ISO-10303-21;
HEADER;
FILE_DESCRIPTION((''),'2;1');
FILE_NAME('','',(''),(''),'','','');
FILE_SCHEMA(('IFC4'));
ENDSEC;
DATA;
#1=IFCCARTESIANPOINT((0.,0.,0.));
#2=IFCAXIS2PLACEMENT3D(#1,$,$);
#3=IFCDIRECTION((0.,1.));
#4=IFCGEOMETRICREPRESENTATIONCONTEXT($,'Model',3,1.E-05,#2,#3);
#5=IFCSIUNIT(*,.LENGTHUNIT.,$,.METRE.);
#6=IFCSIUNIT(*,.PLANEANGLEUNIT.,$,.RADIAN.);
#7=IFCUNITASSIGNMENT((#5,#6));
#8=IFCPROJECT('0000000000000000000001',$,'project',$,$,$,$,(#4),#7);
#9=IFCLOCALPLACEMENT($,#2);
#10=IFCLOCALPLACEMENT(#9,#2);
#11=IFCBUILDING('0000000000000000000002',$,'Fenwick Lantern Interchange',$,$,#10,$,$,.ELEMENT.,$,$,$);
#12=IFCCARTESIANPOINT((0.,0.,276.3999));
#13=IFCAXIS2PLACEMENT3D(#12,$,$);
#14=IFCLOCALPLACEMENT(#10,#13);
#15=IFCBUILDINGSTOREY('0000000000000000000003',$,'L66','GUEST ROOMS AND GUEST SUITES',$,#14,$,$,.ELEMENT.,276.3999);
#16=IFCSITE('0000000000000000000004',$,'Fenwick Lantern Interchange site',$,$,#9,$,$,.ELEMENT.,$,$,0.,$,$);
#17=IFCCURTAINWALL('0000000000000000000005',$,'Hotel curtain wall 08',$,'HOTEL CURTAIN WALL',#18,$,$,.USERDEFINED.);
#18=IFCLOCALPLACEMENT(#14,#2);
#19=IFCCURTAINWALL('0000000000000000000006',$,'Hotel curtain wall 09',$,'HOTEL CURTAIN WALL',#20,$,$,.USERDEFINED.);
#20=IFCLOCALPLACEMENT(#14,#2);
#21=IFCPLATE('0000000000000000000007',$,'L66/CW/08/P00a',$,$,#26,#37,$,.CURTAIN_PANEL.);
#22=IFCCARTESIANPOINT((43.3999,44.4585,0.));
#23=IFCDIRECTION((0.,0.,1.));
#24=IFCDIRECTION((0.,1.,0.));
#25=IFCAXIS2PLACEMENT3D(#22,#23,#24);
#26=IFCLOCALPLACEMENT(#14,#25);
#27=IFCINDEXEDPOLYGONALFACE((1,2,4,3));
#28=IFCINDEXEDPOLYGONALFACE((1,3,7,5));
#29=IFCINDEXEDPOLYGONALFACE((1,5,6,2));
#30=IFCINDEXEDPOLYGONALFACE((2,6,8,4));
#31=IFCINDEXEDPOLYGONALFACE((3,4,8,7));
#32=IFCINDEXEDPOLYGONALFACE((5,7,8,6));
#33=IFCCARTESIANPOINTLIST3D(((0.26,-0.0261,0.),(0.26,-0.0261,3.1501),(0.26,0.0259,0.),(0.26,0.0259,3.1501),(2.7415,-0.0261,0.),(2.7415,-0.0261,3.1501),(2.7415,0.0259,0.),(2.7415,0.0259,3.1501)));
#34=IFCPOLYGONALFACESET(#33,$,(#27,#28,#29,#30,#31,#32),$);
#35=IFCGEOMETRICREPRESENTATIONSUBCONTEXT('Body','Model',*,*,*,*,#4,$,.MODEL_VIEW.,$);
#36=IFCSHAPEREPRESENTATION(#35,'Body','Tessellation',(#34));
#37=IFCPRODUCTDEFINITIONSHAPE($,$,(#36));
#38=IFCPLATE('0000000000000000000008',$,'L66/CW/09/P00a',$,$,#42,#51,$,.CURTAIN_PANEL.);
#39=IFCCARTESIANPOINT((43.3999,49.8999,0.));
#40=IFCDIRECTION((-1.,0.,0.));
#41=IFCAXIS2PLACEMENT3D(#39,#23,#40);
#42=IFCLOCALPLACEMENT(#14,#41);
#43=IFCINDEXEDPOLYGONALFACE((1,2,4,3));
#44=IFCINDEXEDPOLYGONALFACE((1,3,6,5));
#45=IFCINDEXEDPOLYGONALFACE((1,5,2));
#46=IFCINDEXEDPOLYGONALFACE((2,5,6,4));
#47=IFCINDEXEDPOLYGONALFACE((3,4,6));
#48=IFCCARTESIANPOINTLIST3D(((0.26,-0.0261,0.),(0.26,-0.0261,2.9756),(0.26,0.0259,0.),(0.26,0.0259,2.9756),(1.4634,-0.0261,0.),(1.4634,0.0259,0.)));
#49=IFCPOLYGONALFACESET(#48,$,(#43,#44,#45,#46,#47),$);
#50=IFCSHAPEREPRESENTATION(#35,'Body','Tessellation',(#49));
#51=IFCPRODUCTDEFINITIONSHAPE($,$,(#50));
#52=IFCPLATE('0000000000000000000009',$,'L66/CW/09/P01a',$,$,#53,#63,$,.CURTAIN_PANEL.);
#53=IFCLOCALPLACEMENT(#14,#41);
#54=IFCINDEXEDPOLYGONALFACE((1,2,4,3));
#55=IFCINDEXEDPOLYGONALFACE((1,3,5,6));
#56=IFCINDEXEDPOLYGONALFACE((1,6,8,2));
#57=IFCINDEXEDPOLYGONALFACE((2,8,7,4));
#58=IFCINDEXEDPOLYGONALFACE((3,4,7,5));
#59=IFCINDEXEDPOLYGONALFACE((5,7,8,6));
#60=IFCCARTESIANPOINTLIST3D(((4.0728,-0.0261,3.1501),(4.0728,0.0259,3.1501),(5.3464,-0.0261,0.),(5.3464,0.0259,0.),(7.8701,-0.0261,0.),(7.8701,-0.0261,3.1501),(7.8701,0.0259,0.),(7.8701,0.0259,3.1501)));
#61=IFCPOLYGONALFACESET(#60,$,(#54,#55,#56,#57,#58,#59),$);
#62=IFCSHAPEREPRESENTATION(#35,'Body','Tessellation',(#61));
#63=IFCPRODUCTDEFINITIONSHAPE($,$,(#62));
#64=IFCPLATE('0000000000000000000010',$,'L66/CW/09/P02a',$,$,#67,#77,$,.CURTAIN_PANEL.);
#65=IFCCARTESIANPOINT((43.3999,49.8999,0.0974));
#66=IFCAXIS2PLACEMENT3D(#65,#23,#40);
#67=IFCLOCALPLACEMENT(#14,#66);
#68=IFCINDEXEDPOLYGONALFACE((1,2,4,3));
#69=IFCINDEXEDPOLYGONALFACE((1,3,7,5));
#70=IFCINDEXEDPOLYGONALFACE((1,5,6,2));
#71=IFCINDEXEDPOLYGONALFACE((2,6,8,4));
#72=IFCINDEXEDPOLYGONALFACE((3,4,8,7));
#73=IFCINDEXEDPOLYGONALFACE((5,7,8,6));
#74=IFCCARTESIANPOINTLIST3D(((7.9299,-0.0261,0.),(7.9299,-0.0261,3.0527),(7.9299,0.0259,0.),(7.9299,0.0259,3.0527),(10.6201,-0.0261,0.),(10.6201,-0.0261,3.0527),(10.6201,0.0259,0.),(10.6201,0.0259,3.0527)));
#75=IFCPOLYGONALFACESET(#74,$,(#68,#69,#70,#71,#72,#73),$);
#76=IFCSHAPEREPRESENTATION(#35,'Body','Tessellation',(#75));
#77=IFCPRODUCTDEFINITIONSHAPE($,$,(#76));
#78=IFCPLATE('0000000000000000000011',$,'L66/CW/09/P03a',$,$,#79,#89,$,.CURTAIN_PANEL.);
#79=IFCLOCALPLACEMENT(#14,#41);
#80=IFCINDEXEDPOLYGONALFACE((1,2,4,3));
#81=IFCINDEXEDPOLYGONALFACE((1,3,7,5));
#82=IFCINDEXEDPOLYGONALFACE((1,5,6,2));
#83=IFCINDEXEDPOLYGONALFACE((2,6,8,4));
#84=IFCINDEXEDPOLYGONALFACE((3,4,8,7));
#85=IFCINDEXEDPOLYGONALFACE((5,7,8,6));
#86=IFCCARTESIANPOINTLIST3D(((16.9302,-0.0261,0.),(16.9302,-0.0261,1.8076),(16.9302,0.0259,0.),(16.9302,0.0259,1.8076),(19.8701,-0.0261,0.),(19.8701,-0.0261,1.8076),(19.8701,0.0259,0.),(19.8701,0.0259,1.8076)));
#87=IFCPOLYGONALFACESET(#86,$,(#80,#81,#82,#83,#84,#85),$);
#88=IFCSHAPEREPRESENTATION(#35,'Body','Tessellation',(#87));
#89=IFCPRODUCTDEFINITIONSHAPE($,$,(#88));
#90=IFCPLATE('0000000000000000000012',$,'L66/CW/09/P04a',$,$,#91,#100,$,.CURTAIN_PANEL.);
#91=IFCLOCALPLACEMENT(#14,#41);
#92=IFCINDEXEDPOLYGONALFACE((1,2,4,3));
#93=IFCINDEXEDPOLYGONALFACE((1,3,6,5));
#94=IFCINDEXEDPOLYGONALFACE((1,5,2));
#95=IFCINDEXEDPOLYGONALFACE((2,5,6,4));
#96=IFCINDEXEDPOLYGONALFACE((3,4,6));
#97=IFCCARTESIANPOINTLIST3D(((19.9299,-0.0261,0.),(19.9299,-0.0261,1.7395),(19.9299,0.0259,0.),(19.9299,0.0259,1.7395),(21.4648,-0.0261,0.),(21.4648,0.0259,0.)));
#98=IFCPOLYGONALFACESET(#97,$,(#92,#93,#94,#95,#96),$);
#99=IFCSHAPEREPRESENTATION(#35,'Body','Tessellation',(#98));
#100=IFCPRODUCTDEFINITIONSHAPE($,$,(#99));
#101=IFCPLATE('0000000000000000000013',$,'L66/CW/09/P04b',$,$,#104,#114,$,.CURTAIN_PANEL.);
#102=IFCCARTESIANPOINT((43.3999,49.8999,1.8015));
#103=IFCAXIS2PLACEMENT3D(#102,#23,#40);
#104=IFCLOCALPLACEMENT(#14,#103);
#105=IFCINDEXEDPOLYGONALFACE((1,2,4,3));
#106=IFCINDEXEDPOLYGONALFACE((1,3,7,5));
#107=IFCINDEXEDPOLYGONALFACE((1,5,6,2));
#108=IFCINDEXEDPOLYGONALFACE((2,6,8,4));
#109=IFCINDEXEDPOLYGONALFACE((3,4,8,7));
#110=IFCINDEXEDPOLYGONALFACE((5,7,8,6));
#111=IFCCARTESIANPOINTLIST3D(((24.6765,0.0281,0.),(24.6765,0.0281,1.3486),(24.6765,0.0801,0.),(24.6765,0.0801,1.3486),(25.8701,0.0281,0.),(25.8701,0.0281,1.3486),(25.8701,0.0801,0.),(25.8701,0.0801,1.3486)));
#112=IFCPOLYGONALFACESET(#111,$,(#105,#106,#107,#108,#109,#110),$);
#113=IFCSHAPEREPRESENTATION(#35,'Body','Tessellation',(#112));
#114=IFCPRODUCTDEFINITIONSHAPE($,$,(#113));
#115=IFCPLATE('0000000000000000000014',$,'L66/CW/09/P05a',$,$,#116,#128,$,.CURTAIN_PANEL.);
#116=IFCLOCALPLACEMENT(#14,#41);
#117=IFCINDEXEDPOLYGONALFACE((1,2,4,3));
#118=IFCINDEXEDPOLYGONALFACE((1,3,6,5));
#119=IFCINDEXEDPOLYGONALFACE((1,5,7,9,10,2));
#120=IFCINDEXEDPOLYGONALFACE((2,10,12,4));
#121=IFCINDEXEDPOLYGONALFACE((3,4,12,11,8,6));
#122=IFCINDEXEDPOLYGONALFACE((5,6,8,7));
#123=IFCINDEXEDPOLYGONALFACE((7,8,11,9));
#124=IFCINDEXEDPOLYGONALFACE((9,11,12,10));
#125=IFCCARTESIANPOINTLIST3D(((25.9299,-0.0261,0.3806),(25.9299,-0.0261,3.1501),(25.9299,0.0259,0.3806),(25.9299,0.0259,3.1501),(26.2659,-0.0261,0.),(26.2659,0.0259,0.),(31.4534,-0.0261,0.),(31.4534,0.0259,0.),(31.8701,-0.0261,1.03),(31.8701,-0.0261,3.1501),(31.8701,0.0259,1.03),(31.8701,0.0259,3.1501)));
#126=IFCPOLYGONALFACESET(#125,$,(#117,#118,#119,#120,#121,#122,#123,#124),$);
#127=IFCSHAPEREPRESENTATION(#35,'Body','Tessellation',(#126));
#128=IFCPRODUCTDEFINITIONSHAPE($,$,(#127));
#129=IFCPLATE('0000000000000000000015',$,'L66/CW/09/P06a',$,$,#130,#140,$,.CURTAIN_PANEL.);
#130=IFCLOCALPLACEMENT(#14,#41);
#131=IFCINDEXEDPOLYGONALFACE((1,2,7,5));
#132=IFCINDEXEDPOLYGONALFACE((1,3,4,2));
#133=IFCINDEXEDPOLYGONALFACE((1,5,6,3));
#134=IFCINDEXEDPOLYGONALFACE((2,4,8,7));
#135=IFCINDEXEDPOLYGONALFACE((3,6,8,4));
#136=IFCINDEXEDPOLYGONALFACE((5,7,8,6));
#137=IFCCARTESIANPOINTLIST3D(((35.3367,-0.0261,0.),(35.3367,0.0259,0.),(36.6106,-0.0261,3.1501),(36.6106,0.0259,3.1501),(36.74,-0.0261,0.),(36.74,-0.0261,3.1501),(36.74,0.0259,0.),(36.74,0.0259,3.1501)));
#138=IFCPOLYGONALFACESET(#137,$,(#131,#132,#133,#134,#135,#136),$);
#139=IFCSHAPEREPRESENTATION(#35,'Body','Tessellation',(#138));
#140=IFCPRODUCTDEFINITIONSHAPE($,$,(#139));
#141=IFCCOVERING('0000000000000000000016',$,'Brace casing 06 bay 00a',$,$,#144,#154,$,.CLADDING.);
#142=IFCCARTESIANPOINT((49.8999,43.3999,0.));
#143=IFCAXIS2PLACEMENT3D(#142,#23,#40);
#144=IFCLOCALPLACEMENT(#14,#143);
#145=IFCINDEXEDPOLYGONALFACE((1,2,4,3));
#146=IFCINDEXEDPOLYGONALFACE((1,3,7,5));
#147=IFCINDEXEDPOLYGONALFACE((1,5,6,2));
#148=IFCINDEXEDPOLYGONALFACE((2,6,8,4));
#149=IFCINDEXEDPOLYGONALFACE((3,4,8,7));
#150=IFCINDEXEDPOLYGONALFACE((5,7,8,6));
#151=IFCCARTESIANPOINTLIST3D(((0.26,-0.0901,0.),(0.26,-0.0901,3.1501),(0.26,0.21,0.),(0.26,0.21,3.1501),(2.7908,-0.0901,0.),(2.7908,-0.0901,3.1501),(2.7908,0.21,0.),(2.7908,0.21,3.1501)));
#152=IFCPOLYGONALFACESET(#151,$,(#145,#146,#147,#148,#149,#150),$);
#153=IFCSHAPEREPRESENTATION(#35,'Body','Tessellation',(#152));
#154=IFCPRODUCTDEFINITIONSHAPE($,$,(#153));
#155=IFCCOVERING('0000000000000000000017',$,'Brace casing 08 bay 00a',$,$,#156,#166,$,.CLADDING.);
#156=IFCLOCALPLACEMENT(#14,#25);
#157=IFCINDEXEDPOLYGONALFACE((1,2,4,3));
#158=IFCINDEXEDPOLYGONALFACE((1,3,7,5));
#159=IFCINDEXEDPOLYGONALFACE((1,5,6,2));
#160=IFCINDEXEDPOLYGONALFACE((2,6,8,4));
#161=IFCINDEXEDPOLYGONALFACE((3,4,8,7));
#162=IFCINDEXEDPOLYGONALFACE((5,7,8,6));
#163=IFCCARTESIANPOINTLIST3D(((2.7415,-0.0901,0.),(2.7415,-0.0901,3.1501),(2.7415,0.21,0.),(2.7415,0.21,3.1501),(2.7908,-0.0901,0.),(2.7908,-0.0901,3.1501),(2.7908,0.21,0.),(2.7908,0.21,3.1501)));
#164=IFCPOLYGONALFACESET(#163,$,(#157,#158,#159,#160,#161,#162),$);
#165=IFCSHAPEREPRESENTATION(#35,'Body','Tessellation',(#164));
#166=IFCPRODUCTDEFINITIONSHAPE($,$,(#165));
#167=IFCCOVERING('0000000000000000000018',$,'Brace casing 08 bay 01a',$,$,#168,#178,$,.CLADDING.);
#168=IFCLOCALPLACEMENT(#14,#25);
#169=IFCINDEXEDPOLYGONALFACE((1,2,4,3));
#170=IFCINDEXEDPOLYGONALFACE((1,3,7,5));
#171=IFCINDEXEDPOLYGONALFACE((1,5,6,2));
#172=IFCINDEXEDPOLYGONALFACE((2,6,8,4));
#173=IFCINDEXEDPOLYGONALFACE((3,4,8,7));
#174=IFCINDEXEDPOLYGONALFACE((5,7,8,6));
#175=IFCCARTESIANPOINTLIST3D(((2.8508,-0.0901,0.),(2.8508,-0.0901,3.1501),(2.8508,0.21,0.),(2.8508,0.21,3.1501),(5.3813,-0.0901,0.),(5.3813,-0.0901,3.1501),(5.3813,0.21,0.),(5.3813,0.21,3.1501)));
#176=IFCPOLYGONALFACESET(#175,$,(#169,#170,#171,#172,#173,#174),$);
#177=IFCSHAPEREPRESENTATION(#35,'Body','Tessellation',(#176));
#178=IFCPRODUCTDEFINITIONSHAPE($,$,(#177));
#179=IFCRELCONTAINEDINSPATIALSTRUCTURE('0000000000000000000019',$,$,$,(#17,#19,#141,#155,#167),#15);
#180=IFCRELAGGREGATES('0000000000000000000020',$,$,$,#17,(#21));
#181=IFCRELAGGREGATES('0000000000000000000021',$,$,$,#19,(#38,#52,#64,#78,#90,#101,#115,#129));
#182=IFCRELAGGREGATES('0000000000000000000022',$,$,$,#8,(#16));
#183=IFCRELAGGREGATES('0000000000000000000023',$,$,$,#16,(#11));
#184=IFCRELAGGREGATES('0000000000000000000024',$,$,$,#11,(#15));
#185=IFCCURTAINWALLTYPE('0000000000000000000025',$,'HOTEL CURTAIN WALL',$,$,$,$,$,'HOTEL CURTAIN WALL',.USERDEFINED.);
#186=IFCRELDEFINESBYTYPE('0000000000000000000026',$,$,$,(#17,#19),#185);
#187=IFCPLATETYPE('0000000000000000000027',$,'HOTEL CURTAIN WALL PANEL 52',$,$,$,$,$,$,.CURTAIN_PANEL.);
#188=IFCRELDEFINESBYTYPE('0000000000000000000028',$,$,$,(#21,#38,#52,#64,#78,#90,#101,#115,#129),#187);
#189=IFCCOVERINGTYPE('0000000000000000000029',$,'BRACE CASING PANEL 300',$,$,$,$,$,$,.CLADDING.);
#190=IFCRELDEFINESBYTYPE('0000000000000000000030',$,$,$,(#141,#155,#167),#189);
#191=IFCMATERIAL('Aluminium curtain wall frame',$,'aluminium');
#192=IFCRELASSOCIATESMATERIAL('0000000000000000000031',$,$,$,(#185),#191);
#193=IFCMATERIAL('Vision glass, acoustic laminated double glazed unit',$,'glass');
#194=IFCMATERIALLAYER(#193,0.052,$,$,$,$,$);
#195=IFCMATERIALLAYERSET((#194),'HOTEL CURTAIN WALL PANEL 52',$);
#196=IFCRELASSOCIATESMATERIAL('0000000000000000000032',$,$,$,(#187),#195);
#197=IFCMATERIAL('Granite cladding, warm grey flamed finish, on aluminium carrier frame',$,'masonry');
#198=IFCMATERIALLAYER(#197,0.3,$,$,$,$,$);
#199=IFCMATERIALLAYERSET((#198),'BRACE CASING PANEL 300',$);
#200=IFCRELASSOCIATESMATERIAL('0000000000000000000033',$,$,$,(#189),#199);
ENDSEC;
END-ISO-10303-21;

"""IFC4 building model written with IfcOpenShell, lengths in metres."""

from ifc_helpers import new_model, si_unit, direction, frame, origin, place, context, subcontext, project, spatial, polyline, outline, extrude, material, layer, layer_set, type_object, element, aggregate, save


model = new_model("IFC4")

# Units and contexts
model_context = context("Model", 3, precision=1e-05, world=origin(), true_north=direction((0.0, 1.0)))
body_context = subcontext(model_context, "Body", "Model", "MODEL_VIEW")
ifc_project = project(units=[si_unit("LENGTHUNIT", "METRE"), si_unit("PLANEANGLEUNIT", "RADIAN")], contexts=[model_context])

# Site, building, storey
site_placement = place(None, origin())
site = spatial("IfcSite", under=ifc_project, at=site_placement, Name="Fenwick Lantern Interchange site", CompositionType="ELEMENT", RefElevation=0.0)
building_placement = place(site_placement, origin())
building = spatial("IfcBuilding", under=site, at=building_placement, Name="Fenwick Lantern Interchange", CompositionType="ELEMENT")
storey_placement = place(building_placement, frame((0.0, 0.0, 276.3999)))
storey = spatial("IfcBuildingStorey", under=building, at=storey_placement, Name="L66", Description="GUEST ROOMS AND GUEST SUITES", CompositionType="ELEMENT", Elevation=276.3999)

# Curtain walls
ifc_material_1 = material(Name="Aluminium curtain wall frame", Category="aluminium")
curtain_wall_type = type_object("IfcCurtainWallType", Name="HOTEL CURTAIN WALL", ElementType="HOTEL CURTAIN WALL", PredefinedType="USERDEFINED", material=ifc_material_1)
curtain_wall_1_placement = place(storey_placement, origin())
curtain_wall_1 = element("IfcCurtainWall", 1, at=curtain_wall_1_placement, inside=storey, type_object=curtain_wall_type, Name="Hotel curtain wall 08", ObjectType="HOTEL CURTAIN WALL", PredefinedType="USERDEFINED")
curtain_wall_2_placement = place(storey_placement, origin())
curtain_wall_2 = element("IfcCurtainWall", 2, at=curtain_wall_2_placement, inside=storey, type_object=curtain_wall_type, Name="Hotel curtain wall 09", ObjectType="HOTEL CURTAIN WALL", PredefinedType="USERDEFINED")

# Plates
ifc_material_2 = material(Name="Vision glass, acoustic laminated double glazed unit", Category="glass")
ifc_layer_1 = layer(ifc_material_2, 0.052)
ifc_layer_set_1 = layer_set([ifc_layer_1], Name="HOTEL CURTAIN WALL PANEL 52")
plate_type = type_object("IfcPlateType", Name="HOTEL CURTAIN WALL PANEL 52", PredefinedType="CURTAIN_PANEL", material=ifc_layer_set_1)
plate_1_placement = place(storey_placement, frame((43.3999, 44.4585, 0.0), z_axis=(0.0, 0.0, 1.0), x_axis=(0.0, 1.0, 0.0)))
plate_1 = element("IfcPlate", 3, at=plate_1_placement, type_object=plate_type, Name="L66/CW/08/P00a", PredefinedType="CURTAIN_PANEL", context=body_context, shape_type="SweptSolid", body=[
    extrude(outline(polyline([(0.26, 0.0), (2.7415, 0.0), (2.7415, 3.1501), (0.26, 3.1501), (0.26, 0.0)])), frame((0.0, 0.0259, 0.0), z_axis=(0.0, -1.0, 0.0), x_axis=(1.0, 0.0, 0.0)), (0.0, 0.0, 1.0), 0.052),
])
aggregate(curtain_wall_1, [plate_1])
plate_2_placement = place(storey_placement, frame((43.3999, 49.8999, 0.0), z_axis=(0.0, 0.0, 1.0), x_axis=(-1.0, 0.0, 0.0)))
plate_2 = element("IfcPlate", 4, at=plate_2_placement, type_object=plate_type, Name="L66/CW/09/P00a", PredefinedType="CURTAIN_PANEL", context=body_context, shape_type="SweptSolid", body=[
    extrude(outline(polyline([(0.26, 0.0), (1.4634, 0.0), (0.26, 2.9756), (0.26, 0.0)])), frame((0.0, 0.0259, 0.0), z_axis=(0.0, -1.0, 0.0), x_axis=(1.0, 0.0, 0.0)), (0.0, 0.0, 1.0), 0.052),
])
plate_3_placement = place(storey_placement, frame((43.3999, 49.8999, 0.0), z_axis=(0.0, 0.0, 1.0), x_axis=(-1.0, 0.0, 0.0)))
plate_3 = element("IfcPlate", 5, at=plate_3_placement, type_object=plate_type, Name="L66/CW/09/P01a", PredefinedType="CURTAIN_PANEL", context=body_context, shape_type="SweptSolid", body=[
    extrude(outline(polyline([(5.3464, 0.0), (7.8701, 0.0), (7.8701, 3.1501), (4.0728, 3.1501), (5.3464, 0.0)])), frame((0.0, 0.0259, 0.0), z_axis=(0.0, -1.0, 0.0), x_axis=(1.0, 0.0, 0.0)), (0.0, 0.0, 1.0), 0.052),
])
plate_4_placement = place(storey_placement, frame((43.3999, 49.8999, 0.0974), z_axis=(0.0, 0.0, 1.0), x_axis=(-1.0, 0.0, 0.0)))
plate_4 = element("IfcPlate", 6, at=plate_4_placement, type_object=plate_type, Name="L66/CW/09/P02a", PredefinedType="CURTAIN_PANEL", context=body_context, shape_type="SweptSolid", body=[
    extrude(outline(polyline([(7.9299, 0.0), (10.6201, 0.0), (10.6201, 3.0527), (7.9299, 3.0527), (7.9299, 0.0)])), frame((0.0, 0.0259, 0.0), z_axis=(0.0, -1.0, 0.0), x_axis=(1.0, 0.0, 0.0)), (0.0, 0.0, 1.0), 0.052),
])
plate_5_placement = place(storey_placement, frame((43.3999, 49.8999, 0.0), z_axis=(0.0, 0.0, 1.0), x_axis=(-1.0, 0.0, 0.0)))
plate_5 = element("IfcPlate", 7, at=plate_5_placement, type_object=plate_type, Name="L66/CW/09/P03a", PredefinedType="CURTAIN_PANEL", context=body_context, shape_type="SweptSolid", body=[
    extrude(outline(polyline([(16.9302, 0.0), (19.8701, 0.0), (19.8701, 1.8076), (16.9302, 1.8076), (16.9302, 0.0)])), frame((0.0, 0.0259, 0.0), z_axis=(0.0, -1.0, 0.0), x_axis=(1.0, 0.0, 0.0)), (0.0, 0.0, 1.0), 0.052),
])
plate_6_placement = place(storey_placement, frame((43.3999, 49.8999, 0.0), z_axis=(0.0, 0.0, 1.0), x_axis=(-1.0, 0.0, 0.0)))
plate_6 = element("IfcPlate", 8, at=plate_6_placement, type_object=plate_type, Name="L66/CW/09/P04a", PredefinedType="CURTAIN_PANEL", context=body_context, shape_type="SweptSolid", body=[
    extrude(outline(polyline([(19.9299, 0.0), (21.4648, 0.0), (19.9299, 1.7395), (19.9299, 0.0)])), frame((0.0, 0.0259, 0.0), z_axis=(0.0, -1.0, 0.0), x_axis=(1.0, 0.0, 0.0)), (0.0, 0.0, 1.0), 0.052),
])
plate_7_placement = place(storey_placement, frame((43.3999, 49.8999, 1.8015), z_axis=(0.0, 0.0, 1.0), x_axis=(-1.0, 0.0, 0.0)))
plate_7 = element("IfcPlate", 9, at=plate_7_placement, type_object=plate_type, Name="L66/CW/09/P04b", PredefinedType="CURTAIN_PANEL", context=body_context, shape_type="SweptSolid", body=[
    extrude(outline(polyline([(24.6765, 0.0), (25.8701, 0.0), (25.8701, 1.3486), (24.6765, 1.3486), (24.6765, 0.0)])), frame((0.0, 0.0801, 0.0), z_axis=(0.0, -1.0, 0.0), x_axis=(1.0, 0.0, 0.0)), (0.0, 0.0, 1.0), 0.052),
])
plate_8_placement = place(storey_placement, frame((43.3999, 49.8999, 0.0), z_axis=(0.0, 0.0, 1.0), x_axis=(-1.0, 0.0, 0.0)))
plate_8 = element("IfcPlate", 10, at=plate_8_placement, type_object=plate_type, Name="L66/CW/09/P05a", PredefinedType="CURTAIN_PANEL", context=body_context, shape_type="SweptSolid", body=[
    extrude(outline(polyline([(26.2659, 0.0), (31.4534, 0.0), (31.8701, 1.03), (31.8701, 3.1501), (25.9299, 3.1501), (25.9299, 0.3806), (26.2659, 0.0)])), frame((0.0, 0.0259, 0.0), z_axis=(0.0, -1.0, 0.0), x_axis=(1.0, 0.0, 0.0)), (0.0, 0.0, 1.0), 0.052),
])
plate_9_placement = place(storey_placement, frame((43.3999, 49.8999, 0.0), z_axis=(0.0, 0.0, 1.0), x_axis=(-1.0, 0.0, 0.0)))
plate_9 = element("IfcPlate", 11, at=plate_9_placement, type_object=plate_type, Name="L66/CW/09/P06a", PredefinedType="CURTAIN_PANEL", context=body_context, shape_type="SweptSolid", body=[
    extrude(outline(polyline([(35.3367, 0.0), (36.74, 0.0), (36.74, 3.1501), (36.6106, 3.1501), (35.3367, 0.0)])), frame((0.0, 0.0259, 0.0), z_axis=(0.0, -1.0, 0.0), x_axis=(1.0, 0.0, 0.0)), (0.0, 0.0, 1.0), 0.052),
])
aggregate(curtain_wall_2, [plate_2, plate_3, plate_4, plate_5, plate_6, plate_7, plate_8, plate_9])

# Coverings
ifc_material_3 = material(Name="Granite cladding, warm grey flamed finish, on aluminium carrier frame", Category="masonry")
ifc_layer_2 = layer(ifc_material_3, 0.3)
ifc_layer_set_2 = layer_set([ifc_layer_2], Name="BRACE CASING PANEL 300")
covering_type = type_object("IfcCoveringType", Name="BRACE CASING PANEL 300", PredefinedType="CLADDING", material=ifc_layer_set_2)
covering_1_placement = place(storey_placement, frame((49.8999, 43.3999, 0.0), z_axis=(0.0, 0.0, 1.0), x_axis=(-1.0, 0.0, 0.0)))
element("IfcCovering", 12, at=covering_1_placement, inside=storey, type_object=covering_type, Name="Brace casing 06 bay 00a", PredefinedType="CLADDING", context=body_context, shape_type="SweptSolid", body=[
    extrude(outline(polyline([(0.26, 0.0), (2.7908, 0.0), (2.7908, 3.1501), (0.26, 3.1501), (0.26, 0.0)])), frame((0.0, 0.21, 0.0), z_axis=(0.0, -1.0, 0.0), x_axis=(1.0, 0.0, 0.0)), (0.0, 0.0, 1.0), 0.3),
])
covering_2_placement = place(storey_placement, frame((43.3999, 44.4585, 0.0), z_axis=(0.0, 0.0, 1.0), x_axis=(0.0, 1.0, 0.0)))
element("IfcCovering", 13, at=covering_2_placement, inside=storey, type_object=covering_type, Name="Brace casing 08 bay 00a", PredefinedType="CLADDING", context=body_context, shape_type="SweptSolid", body=[
    extrude(outline(polyline([(2.7415, 0.0), (2.7908, 0.0), (2.7908, 3.1501), (2.7415, 3.1501), (2.7415, 0.0)])), frame((0.0, 0.21, 0.0), z_axis=(0.0, -1.0, 0.0), x_axis=(1.0, 0.0, 0.0)), (0.0, 0.0, 1.0), 0.3),
])
covering_3_placement = place(storey_placement, frame((43.3999, 44.4585, 0.0), z_axis=(0.0, 0.0, 1.0), x_axis=(0.0, 1.0, 0.0)))
element("IfcCovering", 14, at=covering_3_placement, inside=storey, type_object=covering_type, Name="Brace casing 08 bay 01a", PredefinedType="CLADDING", context=body_context, shape_type="SweptSolid", body=[
    extrude(outline(polyline([(2.8508, 0.0), (5.3813, 0.0), (5.3813, 3.1501), (2.8508, 3.1501), (2.8508, 0.0)])), frame((0.0, 0.21, 0.0), z_axis=(0.0, -1.0, 0.0), x_axis=(1.0, 0.0, 0.0)), (0.0, 0.0, 1.0), 0.3),
])

save(model, "model.ifc")
